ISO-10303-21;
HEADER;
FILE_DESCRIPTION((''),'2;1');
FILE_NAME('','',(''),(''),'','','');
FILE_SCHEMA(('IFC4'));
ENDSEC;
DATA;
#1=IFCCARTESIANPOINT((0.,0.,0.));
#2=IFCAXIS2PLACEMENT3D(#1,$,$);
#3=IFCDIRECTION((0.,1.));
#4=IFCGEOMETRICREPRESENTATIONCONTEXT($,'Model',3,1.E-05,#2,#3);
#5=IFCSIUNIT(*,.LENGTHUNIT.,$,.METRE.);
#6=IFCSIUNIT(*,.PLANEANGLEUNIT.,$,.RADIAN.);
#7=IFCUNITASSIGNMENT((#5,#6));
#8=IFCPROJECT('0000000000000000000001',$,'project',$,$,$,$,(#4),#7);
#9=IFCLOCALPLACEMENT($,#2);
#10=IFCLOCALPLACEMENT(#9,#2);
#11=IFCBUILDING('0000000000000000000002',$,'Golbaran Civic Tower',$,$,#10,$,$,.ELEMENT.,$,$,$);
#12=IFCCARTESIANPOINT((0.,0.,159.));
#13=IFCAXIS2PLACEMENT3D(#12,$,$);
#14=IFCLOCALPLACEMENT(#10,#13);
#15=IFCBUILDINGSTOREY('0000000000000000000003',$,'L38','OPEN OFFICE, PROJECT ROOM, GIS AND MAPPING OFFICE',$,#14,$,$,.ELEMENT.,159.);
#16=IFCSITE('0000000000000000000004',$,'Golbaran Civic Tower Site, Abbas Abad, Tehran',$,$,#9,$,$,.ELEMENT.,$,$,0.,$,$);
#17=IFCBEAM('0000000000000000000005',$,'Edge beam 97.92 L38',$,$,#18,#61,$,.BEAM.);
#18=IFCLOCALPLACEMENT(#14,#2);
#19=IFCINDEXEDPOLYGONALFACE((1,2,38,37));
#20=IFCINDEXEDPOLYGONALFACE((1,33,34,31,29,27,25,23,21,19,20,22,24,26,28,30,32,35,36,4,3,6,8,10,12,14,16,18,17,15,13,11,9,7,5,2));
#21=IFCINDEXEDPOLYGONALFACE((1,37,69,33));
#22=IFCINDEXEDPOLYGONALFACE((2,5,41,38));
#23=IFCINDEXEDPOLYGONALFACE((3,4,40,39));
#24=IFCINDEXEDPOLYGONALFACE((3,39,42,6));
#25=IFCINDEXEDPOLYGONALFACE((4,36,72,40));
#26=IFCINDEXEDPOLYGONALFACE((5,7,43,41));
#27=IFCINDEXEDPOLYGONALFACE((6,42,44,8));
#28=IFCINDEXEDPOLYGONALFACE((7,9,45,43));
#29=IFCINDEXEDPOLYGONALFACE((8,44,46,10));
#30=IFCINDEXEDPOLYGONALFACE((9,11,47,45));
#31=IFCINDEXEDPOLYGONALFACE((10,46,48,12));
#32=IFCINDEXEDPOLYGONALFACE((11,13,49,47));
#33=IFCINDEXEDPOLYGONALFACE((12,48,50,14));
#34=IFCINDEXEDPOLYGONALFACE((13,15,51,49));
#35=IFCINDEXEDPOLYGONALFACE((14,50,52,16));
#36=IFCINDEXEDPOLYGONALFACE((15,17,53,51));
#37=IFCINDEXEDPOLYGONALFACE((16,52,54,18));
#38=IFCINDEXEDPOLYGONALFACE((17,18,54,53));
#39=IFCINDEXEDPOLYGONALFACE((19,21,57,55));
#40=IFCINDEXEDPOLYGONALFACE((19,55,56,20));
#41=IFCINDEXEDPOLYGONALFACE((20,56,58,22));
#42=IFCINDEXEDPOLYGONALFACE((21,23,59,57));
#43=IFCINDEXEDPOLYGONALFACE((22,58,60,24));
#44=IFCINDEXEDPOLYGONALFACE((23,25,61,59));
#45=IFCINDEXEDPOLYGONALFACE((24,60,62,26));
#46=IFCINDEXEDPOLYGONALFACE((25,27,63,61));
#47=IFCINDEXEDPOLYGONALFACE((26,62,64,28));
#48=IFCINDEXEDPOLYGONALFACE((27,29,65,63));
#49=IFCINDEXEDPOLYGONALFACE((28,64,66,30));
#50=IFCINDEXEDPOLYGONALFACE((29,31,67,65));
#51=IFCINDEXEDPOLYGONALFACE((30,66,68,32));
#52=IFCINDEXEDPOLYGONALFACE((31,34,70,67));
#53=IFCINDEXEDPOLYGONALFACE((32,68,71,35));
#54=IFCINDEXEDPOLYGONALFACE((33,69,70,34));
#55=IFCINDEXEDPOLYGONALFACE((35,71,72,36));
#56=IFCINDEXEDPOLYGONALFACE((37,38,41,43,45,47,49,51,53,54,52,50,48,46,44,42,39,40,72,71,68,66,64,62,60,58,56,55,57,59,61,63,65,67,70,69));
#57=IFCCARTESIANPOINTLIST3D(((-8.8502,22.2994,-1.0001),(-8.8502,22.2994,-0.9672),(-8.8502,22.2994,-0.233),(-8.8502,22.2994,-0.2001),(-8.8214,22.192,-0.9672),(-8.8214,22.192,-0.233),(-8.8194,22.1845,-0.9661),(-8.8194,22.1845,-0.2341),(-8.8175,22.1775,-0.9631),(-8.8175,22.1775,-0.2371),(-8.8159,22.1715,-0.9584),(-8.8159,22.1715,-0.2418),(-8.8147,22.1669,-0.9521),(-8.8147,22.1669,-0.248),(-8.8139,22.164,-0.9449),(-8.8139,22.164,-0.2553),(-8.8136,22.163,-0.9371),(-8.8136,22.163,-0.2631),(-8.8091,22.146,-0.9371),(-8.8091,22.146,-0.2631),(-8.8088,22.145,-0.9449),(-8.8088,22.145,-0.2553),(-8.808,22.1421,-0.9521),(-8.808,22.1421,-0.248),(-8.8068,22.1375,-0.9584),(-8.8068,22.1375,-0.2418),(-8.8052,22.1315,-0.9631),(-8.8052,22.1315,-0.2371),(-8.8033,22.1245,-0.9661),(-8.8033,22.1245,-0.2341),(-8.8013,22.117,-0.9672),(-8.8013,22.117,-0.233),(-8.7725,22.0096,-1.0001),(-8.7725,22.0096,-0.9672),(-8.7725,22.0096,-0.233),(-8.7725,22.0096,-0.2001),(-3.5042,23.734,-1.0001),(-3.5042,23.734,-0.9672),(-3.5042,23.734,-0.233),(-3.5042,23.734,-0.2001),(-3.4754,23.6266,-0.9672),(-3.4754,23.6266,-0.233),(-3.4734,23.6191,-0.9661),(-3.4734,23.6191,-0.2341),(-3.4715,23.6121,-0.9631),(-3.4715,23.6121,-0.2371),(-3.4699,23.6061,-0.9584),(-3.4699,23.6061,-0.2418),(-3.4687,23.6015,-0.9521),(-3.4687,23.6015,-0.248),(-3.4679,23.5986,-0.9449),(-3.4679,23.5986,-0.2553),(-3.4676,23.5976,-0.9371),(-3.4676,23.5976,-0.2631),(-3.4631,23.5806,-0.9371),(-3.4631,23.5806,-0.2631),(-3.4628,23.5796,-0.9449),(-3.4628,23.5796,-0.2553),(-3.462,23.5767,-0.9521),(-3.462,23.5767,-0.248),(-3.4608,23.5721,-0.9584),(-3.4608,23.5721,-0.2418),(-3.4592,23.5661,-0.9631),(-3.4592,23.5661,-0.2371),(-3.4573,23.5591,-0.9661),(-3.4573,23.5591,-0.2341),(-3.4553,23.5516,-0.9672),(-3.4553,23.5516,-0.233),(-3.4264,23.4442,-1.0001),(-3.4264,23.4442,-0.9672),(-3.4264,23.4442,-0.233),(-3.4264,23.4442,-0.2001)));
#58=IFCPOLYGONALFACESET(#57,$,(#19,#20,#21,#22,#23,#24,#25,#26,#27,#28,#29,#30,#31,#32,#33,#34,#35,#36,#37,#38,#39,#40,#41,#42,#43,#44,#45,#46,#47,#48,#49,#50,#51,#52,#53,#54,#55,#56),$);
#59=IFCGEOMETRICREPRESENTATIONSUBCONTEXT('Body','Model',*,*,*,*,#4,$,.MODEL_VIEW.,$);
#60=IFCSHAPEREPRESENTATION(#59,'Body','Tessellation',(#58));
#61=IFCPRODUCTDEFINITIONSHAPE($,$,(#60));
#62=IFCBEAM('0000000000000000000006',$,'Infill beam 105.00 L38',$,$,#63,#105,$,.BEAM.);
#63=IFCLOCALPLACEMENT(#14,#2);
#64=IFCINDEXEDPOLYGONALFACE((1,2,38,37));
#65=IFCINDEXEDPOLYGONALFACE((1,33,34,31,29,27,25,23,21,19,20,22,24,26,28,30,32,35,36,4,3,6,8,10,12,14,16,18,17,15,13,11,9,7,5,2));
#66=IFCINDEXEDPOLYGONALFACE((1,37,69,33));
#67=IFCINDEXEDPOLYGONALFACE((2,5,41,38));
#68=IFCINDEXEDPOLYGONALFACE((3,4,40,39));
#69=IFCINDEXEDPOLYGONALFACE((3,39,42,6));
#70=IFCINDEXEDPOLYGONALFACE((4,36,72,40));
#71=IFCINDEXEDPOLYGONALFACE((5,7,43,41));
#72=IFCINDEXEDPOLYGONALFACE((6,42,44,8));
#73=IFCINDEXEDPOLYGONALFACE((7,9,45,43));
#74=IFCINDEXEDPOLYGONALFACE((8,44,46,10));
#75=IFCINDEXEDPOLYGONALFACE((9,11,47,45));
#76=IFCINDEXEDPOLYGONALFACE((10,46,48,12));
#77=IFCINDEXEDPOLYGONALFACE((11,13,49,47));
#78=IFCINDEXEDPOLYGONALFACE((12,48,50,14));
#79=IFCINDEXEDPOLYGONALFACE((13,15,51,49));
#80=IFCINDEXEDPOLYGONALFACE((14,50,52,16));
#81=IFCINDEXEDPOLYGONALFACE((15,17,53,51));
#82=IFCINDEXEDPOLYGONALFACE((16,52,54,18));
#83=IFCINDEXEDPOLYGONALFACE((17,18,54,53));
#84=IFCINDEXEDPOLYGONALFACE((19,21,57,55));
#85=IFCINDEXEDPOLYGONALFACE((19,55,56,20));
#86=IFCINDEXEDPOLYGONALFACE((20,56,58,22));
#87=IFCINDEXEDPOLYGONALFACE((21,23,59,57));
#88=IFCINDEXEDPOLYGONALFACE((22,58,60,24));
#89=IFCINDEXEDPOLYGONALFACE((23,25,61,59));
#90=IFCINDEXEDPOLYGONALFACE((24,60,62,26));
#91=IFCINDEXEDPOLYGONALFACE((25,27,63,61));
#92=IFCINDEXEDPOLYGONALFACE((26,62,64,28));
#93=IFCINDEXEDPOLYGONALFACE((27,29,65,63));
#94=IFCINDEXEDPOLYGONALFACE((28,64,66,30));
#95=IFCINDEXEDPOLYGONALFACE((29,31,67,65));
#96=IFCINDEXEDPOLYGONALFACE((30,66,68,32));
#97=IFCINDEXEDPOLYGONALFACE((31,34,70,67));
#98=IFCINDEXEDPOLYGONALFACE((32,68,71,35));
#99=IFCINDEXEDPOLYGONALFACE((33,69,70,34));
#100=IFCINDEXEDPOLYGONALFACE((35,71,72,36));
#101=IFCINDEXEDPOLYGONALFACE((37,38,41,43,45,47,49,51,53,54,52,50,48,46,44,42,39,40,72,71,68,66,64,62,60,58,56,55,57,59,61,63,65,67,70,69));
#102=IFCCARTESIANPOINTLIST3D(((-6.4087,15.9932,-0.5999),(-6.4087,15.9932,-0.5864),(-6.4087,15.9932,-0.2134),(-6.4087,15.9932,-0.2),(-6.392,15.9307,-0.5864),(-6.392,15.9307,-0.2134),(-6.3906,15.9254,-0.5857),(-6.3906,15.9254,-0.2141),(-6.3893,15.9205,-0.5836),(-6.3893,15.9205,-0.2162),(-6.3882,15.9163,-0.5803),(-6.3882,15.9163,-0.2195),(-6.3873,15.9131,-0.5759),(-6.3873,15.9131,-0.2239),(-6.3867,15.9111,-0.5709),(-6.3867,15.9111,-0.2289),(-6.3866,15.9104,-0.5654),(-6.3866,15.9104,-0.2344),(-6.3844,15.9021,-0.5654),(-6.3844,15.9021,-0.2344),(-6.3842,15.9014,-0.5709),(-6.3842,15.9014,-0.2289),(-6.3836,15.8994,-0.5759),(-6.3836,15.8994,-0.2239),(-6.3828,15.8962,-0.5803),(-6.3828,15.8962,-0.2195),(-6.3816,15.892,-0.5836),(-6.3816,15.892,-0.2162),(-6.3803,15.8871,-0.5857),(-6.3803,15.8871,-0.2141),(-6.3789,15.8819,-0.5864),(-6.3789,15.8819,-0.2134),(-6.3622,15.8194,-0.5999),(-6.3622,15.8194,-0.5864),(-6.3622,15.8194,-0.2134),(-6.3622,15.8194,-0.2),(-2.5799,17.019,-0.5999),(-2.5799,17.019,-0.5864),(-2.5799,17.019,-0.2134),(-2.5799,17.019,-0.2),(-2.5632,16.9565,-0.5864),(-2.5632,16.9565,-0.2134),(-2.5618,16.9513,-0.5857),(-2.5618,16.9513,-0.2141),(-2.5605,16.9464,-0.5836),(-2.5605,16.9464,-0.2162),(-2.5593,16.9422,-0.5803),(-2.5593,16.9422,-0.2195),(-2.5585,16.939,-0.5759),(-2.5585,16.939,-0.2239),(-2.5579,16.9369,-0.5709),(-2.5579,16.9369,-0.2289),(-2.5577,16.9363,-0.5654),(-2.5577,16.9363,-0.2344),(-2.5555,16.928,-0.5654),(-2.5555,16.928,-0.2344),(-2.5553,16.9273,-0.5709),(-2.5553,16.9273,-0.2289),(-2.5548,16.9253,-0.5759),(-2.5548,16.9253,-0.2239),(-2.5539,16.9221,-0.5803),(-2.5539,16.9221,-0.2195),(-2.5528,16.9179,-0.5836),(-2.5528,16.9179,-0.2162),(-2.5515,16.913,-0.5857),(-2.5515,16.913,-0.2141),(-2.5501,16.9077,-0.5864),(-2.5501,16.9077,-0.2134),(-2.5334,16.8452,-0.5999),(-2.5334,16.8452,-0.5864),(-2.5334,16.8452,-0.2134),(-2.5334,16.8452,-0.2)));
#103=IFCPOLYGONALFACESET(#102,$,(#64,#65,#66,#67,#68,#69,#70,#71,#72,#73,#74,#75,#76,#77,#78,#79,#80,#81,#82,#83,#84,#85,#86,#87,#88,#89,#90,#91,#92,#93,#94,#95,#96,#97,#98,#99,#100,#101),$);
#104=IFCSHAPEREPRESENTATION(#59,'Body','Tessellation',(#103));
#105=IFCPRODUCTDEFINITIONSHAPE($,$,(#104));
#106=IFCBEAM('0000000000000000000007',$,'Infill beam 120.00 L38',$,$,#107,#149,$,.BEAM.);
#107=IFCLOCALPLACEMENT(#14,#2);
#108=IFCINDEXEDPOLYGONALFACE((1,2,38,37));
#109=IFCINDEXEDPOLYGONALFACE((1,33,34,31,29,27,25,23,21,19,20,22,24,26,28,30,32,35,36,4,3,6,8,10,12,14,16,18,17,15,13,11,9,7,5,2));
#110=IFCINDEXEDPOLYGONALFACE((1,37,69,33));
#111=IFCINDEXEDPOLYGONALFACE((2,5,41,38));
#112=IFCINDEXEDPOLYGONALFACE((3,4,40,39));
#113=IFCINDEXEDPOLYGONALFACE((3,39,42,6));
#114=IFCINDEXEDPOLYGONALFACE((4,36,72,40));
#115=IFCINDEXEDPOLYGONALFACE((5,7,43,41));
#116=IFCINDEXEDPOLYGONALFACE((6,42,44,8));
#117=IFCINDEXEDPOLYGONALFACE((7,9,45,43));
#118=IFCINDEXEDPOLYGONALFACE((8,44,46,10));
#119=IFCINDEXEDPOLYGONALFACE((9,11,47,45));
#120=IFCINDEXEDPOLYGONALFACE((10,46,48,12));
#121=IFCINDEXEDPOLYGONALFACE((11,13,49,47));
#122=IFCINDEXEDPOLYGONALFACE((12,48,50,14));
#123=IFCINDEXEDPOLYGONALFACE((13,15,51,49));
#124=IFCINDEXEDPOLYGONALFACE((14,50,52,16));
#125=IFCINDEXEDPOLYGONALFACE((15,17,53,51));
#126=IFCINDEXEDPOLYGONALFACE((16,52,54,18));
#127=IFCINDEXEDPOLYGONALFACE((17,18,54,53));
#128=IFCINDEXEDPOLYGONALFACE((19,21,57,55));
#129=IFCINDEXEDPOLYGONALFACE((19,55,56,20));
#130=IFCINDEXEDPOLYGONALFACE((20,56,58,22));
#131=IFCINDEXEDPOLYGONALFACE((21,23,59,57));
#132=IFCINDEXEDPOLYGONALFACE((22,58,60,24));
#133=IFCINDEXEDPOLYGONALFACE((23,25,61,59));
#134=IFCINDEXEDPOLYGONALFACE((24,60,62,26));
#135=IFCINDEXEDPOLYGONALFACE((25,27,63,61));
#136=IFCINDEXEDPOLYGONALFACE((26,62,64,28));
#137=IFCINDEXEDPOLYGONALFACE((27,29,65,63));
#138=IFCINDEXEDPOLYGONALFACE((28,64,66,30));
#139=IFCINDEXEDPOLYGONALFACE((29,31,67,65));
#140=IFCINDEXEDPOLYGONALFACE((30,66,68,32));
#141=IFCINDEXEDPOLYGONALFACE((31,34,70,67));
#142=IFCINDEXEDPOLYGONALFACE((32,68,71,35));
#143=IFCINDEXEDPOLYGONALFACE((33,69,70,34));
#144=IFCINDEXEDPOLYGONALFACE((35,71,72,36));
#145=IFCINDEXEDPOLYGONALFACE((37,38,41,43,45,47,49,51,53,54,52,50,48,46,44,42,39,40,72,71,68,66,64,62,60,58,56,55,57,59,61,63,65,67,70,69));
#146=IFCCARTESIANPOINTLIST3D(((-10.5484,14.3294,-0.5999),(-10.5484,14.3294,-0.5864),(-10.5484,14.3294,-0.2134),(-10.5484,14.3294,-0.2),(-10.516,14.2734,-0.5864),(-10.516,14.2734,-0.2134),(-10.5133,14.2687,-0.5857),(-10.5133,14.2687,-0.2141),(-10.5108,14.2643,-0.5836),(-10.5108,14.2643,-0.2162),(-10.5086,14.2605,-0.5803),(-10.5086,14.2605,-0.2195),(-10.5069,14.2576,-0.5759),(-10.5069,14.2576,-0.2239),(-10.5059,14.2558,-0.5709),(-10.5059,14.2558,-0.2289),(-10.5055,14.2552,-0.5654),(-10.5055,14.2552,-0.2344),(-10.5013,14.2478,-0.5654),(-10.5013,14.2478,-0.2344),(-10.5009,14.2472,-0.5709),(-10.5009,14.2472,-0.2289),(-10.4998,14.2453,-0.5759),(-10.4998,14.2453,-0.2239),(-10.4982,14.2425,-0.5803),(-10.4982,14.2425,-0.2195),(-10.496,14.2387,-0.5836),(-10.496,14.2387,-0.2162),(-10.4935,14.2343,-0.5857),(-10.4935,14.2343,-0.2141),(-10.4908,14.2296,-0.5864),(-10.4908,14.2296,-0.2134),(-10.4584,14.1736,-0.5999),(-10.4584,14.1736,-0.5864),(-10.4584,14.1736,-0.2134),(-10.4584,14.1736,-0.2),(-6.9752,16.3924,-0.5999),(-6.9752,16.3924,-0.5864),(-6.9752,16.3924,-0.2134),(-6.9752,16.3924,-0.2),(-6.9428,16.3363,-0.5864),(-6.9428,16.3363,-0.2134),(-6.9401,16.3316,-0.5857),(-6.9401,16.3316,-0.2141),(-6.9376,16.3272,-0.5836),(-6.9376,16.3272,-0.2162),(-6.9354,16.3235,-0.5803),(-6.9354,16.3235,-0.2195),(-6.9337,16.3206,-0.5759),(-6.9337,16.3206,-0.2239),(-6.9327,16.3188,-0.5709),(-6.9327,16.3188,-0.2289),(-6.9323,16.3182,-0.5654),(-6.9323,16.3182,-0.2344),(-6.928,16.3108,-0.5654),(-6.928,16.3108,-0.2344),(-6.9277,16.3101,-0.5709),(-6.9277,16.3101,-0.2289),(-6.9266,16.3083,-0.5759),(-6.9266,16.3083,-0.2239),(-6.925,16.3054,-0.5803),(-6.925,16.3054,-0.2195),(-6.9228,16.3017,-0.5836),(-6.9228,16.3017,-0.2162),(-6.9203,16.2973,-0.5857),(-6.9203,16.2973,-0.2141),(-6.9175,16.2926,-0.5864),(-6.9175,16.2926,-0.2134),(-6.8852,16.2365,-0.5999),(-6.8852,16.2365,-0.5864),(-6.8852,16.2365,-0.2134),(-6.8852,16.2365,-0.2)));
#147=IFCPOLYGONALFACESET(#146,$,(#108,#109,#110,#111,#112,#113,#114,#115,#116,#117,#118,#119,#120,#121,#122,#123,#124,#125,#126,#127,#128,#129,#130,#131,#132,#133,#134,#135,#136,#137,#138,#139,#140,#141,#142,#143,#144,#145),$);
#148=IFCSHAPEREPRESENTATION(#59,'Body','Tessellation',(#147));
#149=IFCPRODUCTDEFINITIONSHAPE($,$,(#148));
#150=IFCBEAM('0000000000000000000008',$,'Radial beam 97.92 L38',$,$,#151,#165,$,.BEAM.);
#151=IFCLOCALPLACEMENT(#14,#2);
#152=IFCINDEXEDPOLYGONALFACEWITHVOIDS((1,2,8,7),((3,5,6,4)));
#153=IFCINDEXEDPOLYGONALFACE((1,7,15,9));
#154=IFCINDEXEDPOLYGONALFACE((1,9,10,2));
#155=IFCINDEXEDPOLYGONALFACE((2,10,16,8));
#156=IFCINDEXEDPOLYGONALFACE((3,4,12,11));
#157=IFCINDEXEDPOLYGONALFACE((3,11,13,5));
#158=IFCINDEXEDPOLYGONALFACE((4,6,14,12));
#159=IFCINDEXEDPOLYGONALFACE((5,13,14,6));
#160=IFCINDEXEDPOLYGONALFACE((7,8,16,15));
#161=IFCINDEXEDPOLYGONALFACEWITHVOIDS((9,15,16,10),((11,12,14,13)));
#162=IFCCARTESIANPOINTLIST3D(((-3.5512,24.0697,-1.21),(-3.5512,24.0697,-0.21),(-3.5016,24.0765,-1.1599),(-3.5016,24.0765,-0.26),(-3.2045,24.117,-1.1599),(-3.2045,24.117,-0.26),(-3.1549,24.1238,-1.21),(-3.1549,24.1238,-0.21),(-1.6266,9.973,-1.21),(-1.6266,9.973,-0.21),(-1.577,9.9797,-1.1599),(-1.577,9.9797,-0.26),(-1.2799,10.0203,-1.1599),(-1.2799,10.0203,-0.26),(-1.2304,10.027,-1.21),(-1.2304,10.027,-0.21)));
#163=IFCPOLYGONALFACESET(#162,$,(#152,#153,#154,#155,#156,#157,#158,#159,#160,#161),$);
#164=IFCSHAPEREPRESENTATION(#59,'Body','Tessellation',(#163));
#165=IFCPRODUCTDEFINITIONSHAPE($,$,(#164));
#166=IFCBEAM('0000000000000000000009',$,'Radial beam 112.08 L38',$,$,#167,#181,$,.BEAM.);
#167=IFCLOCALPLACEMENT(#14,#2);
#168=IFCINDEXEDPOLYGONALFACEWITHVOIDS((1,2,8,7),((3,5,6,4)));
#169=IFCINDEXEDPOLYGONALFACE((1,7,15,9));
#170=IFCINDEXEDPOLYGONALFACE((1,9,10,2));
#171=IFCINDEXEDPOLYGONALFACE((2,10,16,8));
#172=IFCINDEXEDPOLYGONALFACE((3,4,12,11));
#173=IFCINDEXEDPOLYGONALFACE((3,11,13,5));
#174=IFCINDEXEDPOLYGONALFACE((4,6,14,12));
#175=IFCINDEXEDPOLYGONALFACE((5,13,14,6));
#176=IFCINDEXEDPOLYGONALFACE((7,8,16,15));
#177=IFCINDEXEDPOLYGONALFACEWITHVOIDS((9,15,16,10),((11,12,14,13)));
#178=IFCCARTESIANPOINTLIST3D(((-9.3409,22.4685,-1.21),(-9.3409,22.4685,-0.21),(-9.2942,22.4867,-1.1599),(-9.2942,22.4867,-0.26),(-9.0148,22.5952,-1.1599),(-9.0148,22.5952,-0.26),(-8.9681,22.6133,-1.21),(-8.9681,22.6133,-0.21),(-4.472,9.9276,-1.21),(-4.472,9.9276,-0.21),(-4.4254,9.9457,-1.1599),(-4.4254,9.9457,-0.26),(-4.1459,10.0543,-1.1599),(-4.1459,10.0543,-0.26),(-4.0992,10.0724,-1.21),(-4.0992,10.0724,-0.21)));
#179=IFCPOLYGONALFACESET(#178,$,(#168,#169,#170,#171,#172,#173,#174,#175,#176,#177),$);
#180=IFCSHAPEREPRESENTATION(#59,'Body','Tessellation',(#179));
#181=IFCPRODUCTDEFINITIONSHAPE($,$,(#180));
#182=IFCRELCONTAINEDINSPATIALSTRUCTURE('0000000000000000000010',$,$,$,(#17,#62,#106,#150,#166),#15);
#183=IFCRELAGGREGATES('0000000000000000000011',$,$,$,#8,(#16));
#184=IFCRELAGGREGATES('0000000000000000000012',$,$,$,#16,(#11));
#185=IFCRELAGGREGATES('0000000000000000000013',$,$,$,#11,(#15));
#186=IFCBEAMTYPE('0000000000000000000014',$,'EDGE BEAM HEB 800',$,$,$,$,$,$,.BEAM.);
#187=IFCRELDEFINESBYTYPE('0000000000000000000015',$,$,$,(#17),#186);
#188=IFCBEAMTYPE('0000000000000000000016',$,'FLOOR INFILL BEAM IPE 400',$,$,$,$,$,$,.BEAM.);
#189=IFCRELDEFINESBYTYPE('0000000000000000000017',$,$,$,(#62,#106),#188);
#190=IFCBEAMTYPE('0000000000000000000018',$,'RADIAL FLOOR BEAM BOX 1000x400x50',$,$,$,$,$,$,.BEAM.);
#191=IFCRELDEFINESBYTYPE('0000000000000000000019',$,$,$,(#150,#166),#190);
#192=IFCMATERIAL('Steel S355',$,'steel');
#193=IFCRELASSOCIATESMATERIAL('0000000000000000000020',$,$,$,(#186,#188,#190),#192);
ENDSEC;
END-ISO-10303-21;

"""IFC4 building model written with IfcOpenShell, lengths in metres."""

from ifc_helpers import new_model, si_unit, direction, frame, origin, origin_2d, place, context, subcontext, project, spatial, hollow_rectangle, i_section, extrude, material, material_profile, profile_set, type_object, element, save


model = new_model("IFC4")

# Units and contexts
model_context = context("Model", 3, precision=1e-05, world=origin(), true_north=direction((0.0, 1.0)))
body_context = subcontext(model_context, "Body", "Model", "MODEL_VIEW")
ifc_project = project(units=[si_unit("LENGTHUNIT", "METRE"), si_unit("PLANEANGLEUNIT", "RADIAN")], contexts=[model_context])

# Site, building, storey
site_placement = place(None, origin())
site = spatial("IfcSite", under=ifc_project, at=site_placement, Name="Golbaran Civic Tower Site, Abbas Abad, Tehran", CompositionType="ELEMENT", RefElevation=0.0)
building_placement = place(site_placement, origin())
building = spatial("IfcBuilding", under=site, at=building_placement, Name="Golbaran Civic Tower", CompositionType="ELEMENT")
storey_placement = place(building_placement, frame((0.0, 0.0, 159.0)))
storey = spatial("IfcBuildingStorey", under=building, at=storey_placement, Name="L38", Description="OPEN OFFICE, PROJECT ROOM, GIS AND MAPPING OFFICE", CompositionType="ELEMENT", Elevation=159.0)

# Beams
ifc_material_1 = material(Name="Steel S355", Category="steel")
ifc_material_profile_1 = material_profile(ifc_material_1, i_section(OverallWidth=0.3, OverallDepth=0.8, WebThickness=0.0176, FlangeThickness=0.033, FilletRadius=0.03, at=origin_2d()), Name="HEB 800")
ifc_profile_set_1 = profile_set([ifc_material_profile_1], Name="Steel S355")
beam_type_1 = type_object("IfcBeamType", Name="EDGE BEAM HEB 800", PredefinedType="BEAM", material=ifc_profile_set_1)
beam_1_placement = place(storey_placement, frame((-3.4653, 23.5891, -0.6001), z_axis=(-0.96583, -0.259178, 0.0), x_axis=(0.259178, -0.96583, 0.0)))
element("IfcBeam", 1, at=beam_1_placement, inside=storey, type_object=beam_type_1, Name="Edge beam 97.92 L38", PredefinedType="BEAM", context=body_context, shape_type="SweptSolid", body=[
    extrude(i_section(OverallWidth=0.3, OverallDepth=0.8, WebThickness=0.0176, FlangeThickness=0.033, FilletRadius=0.03, at=origin_2d()), origin(), (0.0, 0.0, 1.0), 5.5352),
])
ifc_material_profile_2 = material_profile(ifc_material_1, i_section(OverallWidth=0.1799, OverallDepth=0.3999, WebThickness=0.0085, FlangeThickness=0.0134, FilletRadius=0.021, at=origin_2d()), Name="IPE 400")
ifc_profile_set_2 = profile_set([ifc_material_profile_2], Name="Steel S355")
beam_type_2 = type_object("IfcBeamType", Name="FLOOR INFILL BEAM IPE 400", PredefinedType="BEAM", material=ifc_profile_set_2)
beam_2_placement = place(storey_placement, frame((-2.5566, 16.9321, -0.3999), z_axis=(-0.96593, -0.258805, 0.0), x_axis=(0.258805, -0.96593, 0.0)))
element("IfcBeam", 2, at=beam_2_placement, inside=storey, type_object=beam_type_2, Name="Infill beam 105.00 L38", PredefinedType="BEAM", context=body_context, shape_type="SweptSolid", body=[
    extrude(i_section(OverallWidth=0.1799, OverallDepth=0.3999, WebThickness=0.0085, FlangeThickness=0.0134, FilletRadius=0.021, at=origin_2d()), origin(), (0.0, 0.0, 1.0), 3.9639),
])
beam_3_placement = place(storey_placement, frame((-6.9302, 16.3145, -0.3999), z_axis=(-0.866028, -0.499996, 0.0), x_axis=(0.499996, -0.866028, 0.0)))
element("IfcBeam", 3, at=beam_3_placement, inside=storey, type_object=beam_type_2, Name="Infill beam 120.00 L38", PredefinedType="BEAM", context=body_context, shape_type="SweptSolid", body=[
    extrude(i_section(OverallWidth=0.1799, OverallDepth=0.3999, WebThickness=0.0085, FlangeThickness=0.0134, FilletRadius=0.021, at=origin_2d()), origin(), (0.0, 0.0, 1.0), 4.126),
])
ifc_material_profile_3 = material_profile(ifc_material_1, hollow_rectangle(XDim=0.3999, YDim=1.0, WallThickness=0.05, at=origin_2d()), Name="BOX 1000x400x50")
ifc_profile_set_3 = profile_set([ifc_material_profile_3], Name="Steel S355")
beam_type_3 = type_object("IfcBeamType", Name="RADIAL FLOOR BEAM BOX 1000x400x50", PredefinedType="BEAM", material=ifc_profile_set_3)
beam_4_placement = place(storey_placement, frame((-1.4285, 10.0, -0.71), z_axis=(-0.135271, 0.990809, 0.0), x_axis=(-0.990809, -0.135271, 0.0)))
element("IfcBeam", 4, at=beam_4_placement, inside=storey, type_object=beam_type_3, Name="Radial beam 97.92 L38", PredefinedType="BEAM", context=body_context, shape_type="SweptSolid", body=[
    extrude(hollow_rectangle(XDim=0.3999, YDim=1.0, WallThickness=0.05, at=origin_2d()), origin(), (0.0, 0.0, 1.0), 14.2275),
])
beam_5_placement = place(storey_placement, frame((-4.2856, 10.0, -0.71), z_axis=(-0.361919, 0.93221, 0.0), x_axis=(-0.93221, -0.361919, 0.0)))
element("IfcBeam", 5, at=beam_5_placement, inside=storey, type_object=beam_type_3, Name="Radial beam 112.08 L38", PredefinedType="BEAM", context=body_context, shape_type="SweptSolid", body=[
    extrude(hollow_rectangle(XDim=0.3999, YDim=1.0, WallThickness=0.05, at=origin_2d()), origin(), (0.0, 0.0, 1.0), 13.4529),
])

save(model, "model.ifc")
